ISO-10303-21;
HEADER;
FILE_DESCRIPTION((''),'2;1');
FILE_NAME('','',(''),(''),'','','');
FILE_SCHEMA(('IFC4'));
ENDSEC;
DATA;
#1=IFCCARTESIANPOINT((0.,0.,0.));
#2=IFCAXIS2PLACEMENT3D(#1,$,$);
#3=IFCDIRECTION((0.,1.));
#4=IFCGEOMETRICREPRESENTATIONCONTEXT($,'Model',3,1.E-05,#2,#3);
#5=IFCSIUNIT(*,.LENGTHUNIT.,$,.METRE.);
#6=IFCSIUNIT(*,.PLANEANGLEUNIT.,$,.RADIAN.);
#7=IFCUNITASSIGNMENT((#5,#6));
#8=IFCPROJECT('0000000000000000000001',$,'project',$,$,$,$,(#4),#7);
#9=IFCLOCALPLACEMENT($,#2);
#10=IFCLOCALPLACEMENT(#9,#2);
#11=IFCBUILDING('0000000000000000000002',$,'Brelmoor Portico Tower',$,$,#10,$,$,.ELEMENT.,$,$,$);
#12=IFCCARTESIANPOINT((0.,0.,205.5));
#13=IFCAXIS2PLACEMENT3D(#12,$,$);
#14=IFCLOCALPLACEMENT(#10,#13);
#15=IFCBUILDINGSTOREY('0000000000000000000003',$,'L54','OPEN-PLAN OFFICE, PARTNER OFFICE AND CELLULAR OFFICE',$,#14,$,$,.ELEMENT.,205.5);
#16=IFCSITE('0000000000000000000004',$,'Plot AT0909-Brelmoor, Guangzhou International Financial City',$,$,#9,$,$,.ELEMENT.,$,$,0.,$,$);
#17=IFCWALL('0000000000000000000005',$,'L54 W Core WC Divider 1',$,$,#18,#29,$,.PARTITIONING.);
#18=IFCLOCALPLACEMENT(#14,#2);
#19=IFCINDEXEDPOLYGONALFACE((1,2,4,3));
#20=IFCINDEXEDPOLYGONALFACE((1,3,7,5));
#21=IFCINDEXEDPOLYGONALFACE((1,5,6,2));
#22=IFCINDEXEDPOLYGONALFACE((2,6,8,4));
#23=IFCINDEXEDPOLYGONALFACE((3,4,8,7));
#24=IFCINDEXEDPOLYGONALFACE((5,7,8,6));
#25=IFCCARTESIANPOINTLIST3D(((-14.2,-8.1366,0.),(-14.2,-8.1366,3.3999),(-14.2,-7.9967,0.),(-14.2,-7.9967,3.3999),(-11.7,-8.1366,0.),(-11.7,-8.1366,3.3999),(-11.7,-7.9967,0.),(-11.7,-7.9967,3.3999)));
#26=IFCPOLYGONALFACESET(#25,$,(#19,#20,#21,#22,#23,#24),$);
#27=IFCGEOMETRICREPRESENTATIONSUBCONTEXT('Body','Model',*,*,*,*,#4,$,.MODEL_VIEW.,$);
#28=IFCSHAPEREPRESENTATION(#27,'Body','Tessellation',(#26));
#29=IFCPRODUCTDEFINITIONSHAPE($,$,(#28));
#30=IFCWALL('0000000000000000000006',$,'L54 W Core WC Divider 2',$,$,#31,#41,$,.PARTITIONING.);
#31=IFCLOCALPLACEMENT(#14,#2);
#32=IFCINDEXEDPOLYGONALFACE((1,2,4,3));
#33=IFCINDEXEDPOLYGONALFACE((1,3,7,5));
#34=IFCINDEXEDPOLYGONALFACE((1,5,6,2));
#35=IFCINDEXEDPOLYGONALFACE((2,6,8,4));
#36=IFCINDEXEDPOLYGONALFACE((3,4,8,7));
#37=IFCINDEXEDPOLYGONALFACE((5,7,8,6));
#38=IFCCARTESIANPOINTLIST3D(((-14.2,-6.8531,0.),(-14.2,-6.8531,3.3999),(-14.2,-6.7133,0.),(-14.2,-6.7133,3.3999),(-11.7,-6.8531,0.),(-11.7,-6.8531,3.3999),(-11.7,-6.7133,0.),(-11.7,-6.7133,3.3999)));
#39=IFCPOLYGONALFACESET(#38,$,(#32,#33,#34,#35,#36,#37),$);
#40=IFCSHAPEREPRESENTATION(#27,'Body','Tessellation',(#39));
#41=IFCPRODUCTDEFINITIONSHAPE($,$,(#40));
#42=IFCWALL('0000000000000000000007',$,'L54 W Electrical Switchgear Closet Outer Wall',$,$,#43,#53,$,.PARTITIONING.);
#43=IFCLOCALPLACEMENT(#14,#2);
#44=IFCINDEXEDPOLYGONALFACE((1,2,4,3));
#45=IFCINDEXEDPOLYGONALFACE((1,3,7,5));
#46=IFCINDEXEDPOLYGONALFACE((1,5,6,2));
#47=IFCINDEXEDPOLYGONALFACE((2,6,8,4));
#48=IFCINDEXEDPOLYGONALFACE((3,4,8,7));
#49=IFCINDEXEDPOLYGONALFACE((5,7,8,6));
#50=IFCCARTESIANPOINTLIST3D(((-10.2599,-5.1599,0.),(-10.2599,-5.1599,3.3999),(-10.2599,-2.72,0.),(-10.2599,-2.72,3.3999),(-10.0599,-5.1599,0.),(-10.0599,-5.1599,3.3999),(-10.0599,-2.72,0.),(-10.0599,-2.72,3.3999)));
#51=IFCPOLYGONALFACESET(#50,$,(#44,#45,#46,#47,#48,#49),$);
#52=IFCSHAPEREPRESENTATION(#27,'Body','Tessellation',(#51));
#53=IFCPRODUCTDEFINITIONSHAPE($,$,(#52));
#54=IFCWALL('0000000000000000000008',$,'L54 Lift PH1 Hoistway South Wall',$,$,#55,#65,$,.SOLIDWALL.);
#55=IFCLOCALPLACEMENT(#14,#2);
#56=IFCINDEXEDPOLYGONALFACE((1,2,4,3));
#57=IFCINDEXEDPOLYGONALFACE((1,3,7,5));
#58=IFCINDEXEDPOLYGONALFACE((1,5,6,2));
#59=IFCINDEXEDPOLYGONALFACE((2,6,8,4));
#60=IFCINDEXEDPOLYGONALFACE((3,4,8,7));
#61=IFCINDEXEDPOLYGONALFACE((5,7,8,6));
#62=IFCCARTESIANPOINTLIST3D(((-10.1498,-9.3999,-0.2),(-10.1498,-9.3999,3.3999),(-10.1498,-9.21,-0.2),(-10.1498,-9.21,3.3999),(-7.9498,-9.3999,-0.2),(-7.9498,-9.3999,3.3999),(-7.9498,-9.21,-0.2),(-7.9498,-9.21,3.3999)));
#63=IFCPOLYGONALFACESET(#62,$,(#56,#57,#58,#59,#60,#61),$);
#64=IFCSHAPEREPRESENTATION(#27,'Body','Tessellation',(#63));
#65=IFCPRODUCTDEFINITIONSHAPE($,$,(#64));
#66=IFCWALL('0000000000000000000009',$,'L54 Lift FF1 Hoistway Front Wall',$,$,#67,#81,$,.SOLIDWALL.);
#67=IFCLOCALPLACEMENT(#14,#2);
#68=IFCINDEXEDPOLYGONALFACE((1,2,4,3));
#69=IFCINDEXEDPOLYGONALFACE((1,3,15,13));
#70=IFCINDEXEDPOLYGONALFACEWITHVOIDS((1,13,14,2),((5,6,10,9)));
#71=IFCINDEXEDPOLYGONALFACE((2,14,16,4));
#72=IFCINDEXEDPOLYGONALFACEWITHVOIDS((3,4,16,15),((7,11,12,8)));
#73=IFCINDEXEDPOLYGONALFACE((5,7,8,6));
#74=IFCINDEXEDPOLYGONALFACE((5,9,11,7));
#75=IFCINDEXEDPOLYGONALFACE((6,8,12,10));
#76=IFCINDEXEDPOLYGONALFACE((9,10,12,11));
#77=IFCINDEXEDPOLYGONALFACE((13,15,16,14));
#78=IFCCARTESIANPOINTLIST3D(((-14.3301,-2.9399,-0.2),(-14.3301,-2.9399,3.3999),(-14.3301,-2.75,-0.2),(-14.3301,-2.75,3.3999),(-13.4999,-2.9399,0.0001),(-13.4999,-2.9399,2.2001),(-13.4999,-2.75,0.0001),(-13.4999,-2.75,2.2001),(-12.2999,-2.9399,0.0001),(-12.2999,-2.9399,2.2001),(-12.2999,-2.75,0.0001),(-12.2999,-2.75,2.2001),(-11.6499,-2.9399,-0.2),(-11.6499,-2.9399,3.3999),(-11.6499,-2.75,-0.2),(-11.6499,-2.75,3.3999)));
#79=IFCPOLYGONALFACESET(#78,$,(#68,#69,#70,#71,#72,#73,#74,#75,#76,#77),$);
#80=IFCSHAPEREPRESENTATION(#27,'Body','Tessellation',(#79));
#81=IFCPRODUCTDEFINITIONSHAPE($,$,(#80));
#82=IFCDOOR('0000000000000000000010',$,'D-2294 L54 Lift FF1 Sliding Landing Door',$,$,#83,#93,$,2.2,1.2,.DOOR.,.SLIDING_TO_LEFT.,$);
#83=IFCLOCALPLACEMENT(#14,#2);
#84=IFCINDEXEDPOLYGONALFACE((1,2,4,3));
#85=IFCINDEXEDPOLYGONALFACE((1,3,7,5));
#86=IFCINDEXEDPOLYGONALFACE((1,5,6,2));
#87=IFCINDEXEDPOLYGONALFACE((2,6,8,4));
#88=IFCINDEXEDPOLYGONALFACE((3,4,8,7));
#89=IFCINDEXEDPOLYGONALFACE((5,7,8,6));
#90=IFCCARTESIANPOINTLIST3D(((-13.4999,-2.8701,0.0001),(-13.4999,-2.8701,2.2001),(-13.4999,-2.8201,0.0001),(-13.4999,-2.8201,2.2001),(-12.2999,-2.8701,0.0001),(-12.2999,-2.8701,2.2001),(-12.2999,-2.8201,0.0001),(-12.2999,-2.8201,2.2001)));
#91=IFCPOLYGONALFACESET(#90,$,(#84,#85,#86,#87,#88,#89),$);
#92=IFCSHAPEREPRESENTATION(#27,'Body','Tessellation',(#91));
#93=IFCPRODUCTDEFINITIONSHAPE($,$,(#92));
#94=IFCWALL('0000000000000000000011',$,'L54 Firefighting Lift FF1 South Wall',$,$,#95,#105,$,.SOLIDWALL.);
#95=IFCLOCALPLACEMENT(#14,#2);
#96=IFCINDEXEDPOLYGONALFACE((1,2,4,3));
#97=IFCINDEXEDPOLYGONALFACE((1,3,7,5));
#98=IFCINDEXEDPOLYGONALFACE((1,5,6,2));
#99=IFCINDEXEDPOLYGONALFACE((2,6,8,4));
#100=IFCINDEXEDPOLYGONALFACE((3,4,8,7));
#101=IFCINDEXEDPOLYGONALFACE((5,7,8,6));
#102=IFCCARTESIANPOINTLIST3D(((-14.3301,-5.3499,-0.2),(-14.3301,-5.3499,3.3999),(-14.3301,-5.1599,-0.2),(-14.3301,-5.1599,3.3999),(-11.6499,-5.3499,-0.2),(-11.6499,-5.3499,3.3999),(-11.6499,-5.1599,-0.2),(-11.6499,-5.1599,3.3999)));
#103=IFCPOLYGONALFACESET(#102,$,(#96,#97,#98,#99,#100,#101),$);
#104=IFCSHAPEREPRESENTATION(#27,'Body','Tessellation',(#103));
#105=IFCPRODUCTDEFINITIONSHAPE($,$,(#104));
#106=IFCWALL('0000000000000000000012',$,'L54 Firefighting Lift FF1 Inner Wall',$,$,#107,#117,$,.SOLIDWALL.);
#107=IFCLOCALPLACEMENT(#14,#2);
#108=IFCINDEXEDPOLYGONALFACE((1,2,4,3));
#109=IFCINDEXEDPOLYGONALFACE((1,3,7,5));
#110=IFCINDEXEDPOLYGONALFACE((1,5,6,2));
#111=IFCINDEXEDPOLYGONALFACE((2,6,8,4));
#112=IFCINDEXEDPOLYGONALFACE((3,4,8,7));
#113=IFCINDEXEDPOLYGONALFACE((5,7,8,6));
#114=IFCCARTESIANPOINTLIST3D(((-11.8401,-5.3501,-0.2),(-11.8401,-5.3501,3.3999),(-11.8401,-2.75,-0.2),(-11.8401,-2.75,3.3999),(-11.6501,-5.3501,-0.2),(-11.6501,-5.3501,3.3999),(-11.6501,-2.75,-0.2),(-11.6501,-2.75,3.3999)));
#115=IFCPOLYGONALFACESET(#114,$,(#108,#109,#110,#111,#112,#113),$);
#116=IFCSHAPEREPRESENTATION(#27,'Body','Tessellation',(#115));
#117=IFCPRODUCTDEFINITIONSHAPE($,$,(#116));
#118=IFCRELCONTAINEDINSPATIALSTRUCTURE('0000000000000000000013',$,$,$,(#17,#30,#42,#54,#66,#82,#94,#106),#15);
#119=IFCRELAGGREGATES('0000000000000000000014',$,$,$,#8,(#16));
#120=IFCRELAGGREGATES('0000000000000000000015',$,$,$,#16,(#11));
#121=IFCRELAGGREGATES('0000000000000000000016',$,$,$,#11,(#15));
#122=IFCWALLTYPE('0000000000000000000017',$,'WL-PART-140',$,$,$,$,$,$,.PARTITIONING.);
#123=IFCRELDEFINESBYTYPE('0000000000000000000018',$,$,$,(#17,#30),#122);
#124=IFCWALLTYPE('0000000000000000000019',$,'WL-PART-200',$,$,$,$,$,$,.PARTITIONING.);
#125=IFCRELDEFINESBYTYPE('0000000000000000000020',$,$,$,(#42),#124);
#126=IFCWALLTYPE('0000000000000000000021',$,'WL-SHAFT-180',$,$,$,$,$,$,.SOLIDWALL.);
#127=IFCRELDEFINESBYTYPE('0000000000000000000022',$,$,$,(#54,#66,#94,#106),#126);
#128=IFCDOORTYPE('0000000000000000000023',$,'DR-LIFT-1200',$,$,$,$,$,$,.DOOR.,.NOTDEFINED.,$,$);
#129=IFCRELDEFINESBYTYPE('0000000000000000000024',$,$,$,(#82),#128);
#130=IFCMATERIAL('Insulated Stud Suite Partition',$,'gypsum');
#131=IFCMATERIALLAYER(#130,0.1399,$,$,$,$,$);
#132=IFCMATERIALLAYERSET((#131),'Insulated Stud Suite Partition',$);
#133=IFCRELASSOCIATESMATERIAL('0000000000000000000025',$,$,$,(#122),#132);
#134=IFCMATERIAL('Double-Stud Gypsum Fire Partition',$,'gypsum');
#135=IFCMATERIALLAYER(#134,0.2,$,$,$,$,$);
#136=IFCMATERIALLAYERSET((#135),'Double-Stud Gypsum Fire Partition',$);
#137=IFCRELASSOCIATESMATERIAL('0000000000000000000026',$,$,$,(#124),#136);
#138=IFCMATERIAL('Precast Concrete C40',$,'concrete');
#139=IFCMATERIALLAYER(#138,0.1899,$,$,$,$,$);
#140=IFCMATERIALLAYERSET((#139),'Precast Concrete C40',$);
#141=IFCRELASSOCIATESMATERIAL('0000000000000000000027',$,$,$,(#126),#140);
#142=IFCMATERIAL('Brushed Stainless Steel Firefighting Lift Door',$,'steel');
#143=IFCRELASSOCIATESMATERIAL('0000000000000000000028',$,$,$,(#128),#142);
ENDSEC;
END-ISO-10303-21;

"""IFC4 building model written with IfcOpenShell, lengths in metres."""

from ifc_helpers import new_model, si_unit, direction, frame, frame_2d, origin, place, context, subcontext, project, spatial, rectangle, extrude, material, layer, layer_set, type_object, element, fill, save


model = new_model("IFC4")

# Units and contexts
model_context = context("Model", 3, precision=1e-05, world=origin(), true_north=direction((0.0, 1.0)))
body_context = subcontext(model_context, "Body", "Model", "MODEL_VIEW")
ifc_project = project(units=[si_unit("LENGTHUNIT", "METRE"), si_unit("PLANEANGLEUNIT", "RADIAN")], contexts=[model_context])

# Site, building, storey
site_placement = place(None, origin())
site = spatial("IfcSite", under=ifc_project, at=site_placement, Name="Plot AT0909-Brelmoor, Guangzhou International Financial City", CompositionType="ELEMENT", RefElevation=0.0)
building_placement = place(site_placement, origin())
building = spatial("IfcBuilding", under=site, at=building_placement, Name="Brelmoor Portico Tower", CompositionType="ELEMENT")
storey_placement = place(building_placement, frame((0.0, 0.0, 205.5)))
storey = spatial("IfcBuildingStorey", under=building, at=storey_placement, Name="L54", Description="OPEN-PLAN OFFICE, PARTNER OFFICE AND CELLULAR OFFICE", CompositionType="ELEMENT", Elevation=205.5)

# Walls
ifc_material_1 = material(Name="Insulated Stud Suite Partition", Category="gypsum")
ifc_layer_1 = layer(ifc_material_1, 0.1399)
ifc_layer_set_1 = layer_set([ifc_layer_1], Name="Insulated Stud Suite Partition")
wall_type_1 = type_object("IfcWallType", Name="WL-PART-140", PredefinedType="PARTITIONING", material=ifc_layer_set_1)
for number, where, z_axis, x_axis, name in (
    (1, (-11.7, -8.0667, 0.0), (0.0, 0.0, 1.0), (-1.0, 0.0, 0.0), "L54 W Core WC Divider 1"),
    (2, (-11.7, -6.7832, 0.0), (0.0, 0.0, 1.0), (-1.0, 0.0, 0.0), "L54 W Core WC Divider 2"),
):
    element("IfcWall", number, at=place(storey_placement, frame(where, z_axis=z_axis, x_axis=x_axis)), inside=storey, type_object=wall_type_1, Name=name, PredefinedType="PARTITIONING", context=body_context, shape_type="SweptSolid", body=[
        extrude(rectangle(XDim=2.5, YDim=0.1399, at=frame_2d((1.25, 0.0))), origin(), (0.0, 0.0, 1.0), 3.3999),
    ])

# Shared definitions
ifc_material_2 = material(Name="Double-Stud Gypsum Fire Partition", Category="gypsum")
ifc_layer_2 = layer(ifc_material_2, 0.2)
ifc_layer_set_2 = layer_set([ifc_layer_2], Name="Double-Stud Gypsum Fire Partition")
wall_type_2 = type_object("IfcWallType", Name="WL-PART-200", PredefinedType="PARTITIONING", material=ifc_layer_set_2)

# Walls
wall_1_placement = place(storey_placement, frame((-10.1599, -5.1599, 0.0), z_axis=(0.0, 0.0, 1.0), x_axis=(0.0, 1.0, 0.0)))
element("IfcWall", 3, at=wall_1_placement, inside=storey, type_object=wall_type_2, Name="L54 W Electrical Switchgear Closet Outer Wall", PredefinedType="PARTITIONING", context=body_context, shape_type="SweptSolid", body=[
    extrude(rectangle(XDim=2.4399, YDim=0.2, at=frame_2d((1.22, 0.0))), origin(), (0.0, 0.0, 1.0), 3.3999),
])
ifc_material_3 = material(Name="Precast Concrete C40", Category="concrete")
ifc_layer_3 = layer(ifc_material_3, 0.1899)
ifc_layer_set_3 = layer_set([ifc_layer_3], Name="Precast Concrete C40")
wall_type_3 = type_object("IfcWallType", Name="WL-SHAFT-180", PredefinedType="SOLIDWALL", material=ifc_layer_set_3)
wall_2_placement = place(storey_placement, frame((-10.1499, -9.3049, -0.2), z_axis=(0.0, 0.0, 1.0), x_axis=(1.0, 0.0, 0.0)))
element("IfcWall", 4, at=wall_2_placement, inside=storey, type_object=wall_type_3, Name="L54 Lift PH1 Hoistway South Wall", PredefinedType="SOLIDWALL", context=body_context, shape_type="SweptSolid", body=[
    extrude(rectangle(XDim=2.2, YDim=0.1899, at=frame_2d((1.1001, 0.0))), origin(), (0.0, 0.0, 1.0), 3.5999),
])

# Wall, opening, door
wall_3_placement = place(storey_placement, frame((-14.3301, -2.845, -0.2), z_axis=(0.0, 0.0, 1.0), x_axis=(1.0, 0.0, 0.0)))
wall_3 = element("IfcWall", 5, at=wall_3_placement, inside=storey, type_object=wall_type_3, Name="L54 Lift FF1 Hoistway Front Wall", PredefinedType="SOLIDWALL", context=body_context, shape_type="SweptSolid", body=[
    extrude(rectangle(XDim=2.6802, YDim=0.1899, at=frame_2d((1.3401, 0.0))), origin(), (0.0, 0.0, 1.0), 3.5999),
])
opening_1_placement = place(wall_3_placement, frame((0.8301, 0.0, 0.2)))
opening_1 = element("IfcOpeningElement", 6, at=opening_1_placement, cuts=wall_3, PredefinedType="OPENING", context=body_context, shape_type="SweptSolid", body=[
    extrude(rectangle(XDim=1.2, YDim=2.2, at=frame_2d((0.6001, 1.1001))), frame((0.0, 0.105, 0.0), z_axis=(0.0, -1.0, 0.0), x_axis=(1.0, 0.0, 0.0)), (0.0, 0.0, 1.0), 0.21),
])
ifc_material_4 = material(Name="Brushed Stainless Steel Firefighting Lift Door", Category="steel")
door_type_1 = type_object("IfcDoorType", Name="DR-LIFT-1200", OperationType="NOTDEFINED", PredefinedType="DOOR", material=ifc_material_4)
door_1_placement = place(opening_1_placement, origin())
door_1 = element("IfcDoor", 7, at=door_1_placement, inside=storey, type_object=door_type_1, Name="D-2294 L54 Lift FF1 Sliding Landing Door", OperationType="SLIDING_TO_LEFT", OverallHeight=2.2, OverallWidth=1.2, PredefinedType="DOOR", context=body_context, shape_type="SweptSolid", body=[
    extrude(rectangle(XDim=1.2, YDim=2.2, at=frame_2d((0.6001, 1.1001))), frame((0.0, 0.0249, 0.0), z_axis=(0.0, -1.0, 0.0), x_axis=(1.0, 0.0, 0.0)), (0.0, 0.0, 1.0), 0.05),
])
fill(opening_1, door_1)

# Walls
wall_4_placement = place(storey_placement, frame((-14.3301, -5.2549, -0.2), z_axis=(0.0, 0.0, 1.0), x_axis=(1.0, 0.0, 0.0)))
element("IfcWall", 8, at=wall_4_placement, inside=storey, type_object=wall_type_3, Name="L54 Firefighting Lift FF1 South Wall", PredefinedType="SOLIDWALL", context=body_context, shape_type="SweptSolid", body=[
    extrude(rectangle(XDim=2.6802, YDim=0.1899, at=frame_2d((1.3401, 0.0))), origin(), (0.0, 0.0, 1.0), 3.5999),
])
wall_5_placement = place(storey_placement, frame((-11.7451, -5.3501, -0.2), z_axis=(0.0, 0.0, 1.0), x_axis=(0.0, 1.0, 0.0)))
element("IfcWall", 9, at=wall_5_placement, inside=storey, type_object=wall_type_3, Name="L54 Firefighting Lift FF1 Inner Wall", PredefinedType="SOLIDWALL", context=body_context, shape_type="SweptSolid", body=[
    extrude(rectangle(XDim=2.6001, YDim=0.1899, at=frame_2d((1.3, 0.0))), origin(), (0.0, 0.0, 1.0), 3.5999),
])

save(model, "model.ifc")
